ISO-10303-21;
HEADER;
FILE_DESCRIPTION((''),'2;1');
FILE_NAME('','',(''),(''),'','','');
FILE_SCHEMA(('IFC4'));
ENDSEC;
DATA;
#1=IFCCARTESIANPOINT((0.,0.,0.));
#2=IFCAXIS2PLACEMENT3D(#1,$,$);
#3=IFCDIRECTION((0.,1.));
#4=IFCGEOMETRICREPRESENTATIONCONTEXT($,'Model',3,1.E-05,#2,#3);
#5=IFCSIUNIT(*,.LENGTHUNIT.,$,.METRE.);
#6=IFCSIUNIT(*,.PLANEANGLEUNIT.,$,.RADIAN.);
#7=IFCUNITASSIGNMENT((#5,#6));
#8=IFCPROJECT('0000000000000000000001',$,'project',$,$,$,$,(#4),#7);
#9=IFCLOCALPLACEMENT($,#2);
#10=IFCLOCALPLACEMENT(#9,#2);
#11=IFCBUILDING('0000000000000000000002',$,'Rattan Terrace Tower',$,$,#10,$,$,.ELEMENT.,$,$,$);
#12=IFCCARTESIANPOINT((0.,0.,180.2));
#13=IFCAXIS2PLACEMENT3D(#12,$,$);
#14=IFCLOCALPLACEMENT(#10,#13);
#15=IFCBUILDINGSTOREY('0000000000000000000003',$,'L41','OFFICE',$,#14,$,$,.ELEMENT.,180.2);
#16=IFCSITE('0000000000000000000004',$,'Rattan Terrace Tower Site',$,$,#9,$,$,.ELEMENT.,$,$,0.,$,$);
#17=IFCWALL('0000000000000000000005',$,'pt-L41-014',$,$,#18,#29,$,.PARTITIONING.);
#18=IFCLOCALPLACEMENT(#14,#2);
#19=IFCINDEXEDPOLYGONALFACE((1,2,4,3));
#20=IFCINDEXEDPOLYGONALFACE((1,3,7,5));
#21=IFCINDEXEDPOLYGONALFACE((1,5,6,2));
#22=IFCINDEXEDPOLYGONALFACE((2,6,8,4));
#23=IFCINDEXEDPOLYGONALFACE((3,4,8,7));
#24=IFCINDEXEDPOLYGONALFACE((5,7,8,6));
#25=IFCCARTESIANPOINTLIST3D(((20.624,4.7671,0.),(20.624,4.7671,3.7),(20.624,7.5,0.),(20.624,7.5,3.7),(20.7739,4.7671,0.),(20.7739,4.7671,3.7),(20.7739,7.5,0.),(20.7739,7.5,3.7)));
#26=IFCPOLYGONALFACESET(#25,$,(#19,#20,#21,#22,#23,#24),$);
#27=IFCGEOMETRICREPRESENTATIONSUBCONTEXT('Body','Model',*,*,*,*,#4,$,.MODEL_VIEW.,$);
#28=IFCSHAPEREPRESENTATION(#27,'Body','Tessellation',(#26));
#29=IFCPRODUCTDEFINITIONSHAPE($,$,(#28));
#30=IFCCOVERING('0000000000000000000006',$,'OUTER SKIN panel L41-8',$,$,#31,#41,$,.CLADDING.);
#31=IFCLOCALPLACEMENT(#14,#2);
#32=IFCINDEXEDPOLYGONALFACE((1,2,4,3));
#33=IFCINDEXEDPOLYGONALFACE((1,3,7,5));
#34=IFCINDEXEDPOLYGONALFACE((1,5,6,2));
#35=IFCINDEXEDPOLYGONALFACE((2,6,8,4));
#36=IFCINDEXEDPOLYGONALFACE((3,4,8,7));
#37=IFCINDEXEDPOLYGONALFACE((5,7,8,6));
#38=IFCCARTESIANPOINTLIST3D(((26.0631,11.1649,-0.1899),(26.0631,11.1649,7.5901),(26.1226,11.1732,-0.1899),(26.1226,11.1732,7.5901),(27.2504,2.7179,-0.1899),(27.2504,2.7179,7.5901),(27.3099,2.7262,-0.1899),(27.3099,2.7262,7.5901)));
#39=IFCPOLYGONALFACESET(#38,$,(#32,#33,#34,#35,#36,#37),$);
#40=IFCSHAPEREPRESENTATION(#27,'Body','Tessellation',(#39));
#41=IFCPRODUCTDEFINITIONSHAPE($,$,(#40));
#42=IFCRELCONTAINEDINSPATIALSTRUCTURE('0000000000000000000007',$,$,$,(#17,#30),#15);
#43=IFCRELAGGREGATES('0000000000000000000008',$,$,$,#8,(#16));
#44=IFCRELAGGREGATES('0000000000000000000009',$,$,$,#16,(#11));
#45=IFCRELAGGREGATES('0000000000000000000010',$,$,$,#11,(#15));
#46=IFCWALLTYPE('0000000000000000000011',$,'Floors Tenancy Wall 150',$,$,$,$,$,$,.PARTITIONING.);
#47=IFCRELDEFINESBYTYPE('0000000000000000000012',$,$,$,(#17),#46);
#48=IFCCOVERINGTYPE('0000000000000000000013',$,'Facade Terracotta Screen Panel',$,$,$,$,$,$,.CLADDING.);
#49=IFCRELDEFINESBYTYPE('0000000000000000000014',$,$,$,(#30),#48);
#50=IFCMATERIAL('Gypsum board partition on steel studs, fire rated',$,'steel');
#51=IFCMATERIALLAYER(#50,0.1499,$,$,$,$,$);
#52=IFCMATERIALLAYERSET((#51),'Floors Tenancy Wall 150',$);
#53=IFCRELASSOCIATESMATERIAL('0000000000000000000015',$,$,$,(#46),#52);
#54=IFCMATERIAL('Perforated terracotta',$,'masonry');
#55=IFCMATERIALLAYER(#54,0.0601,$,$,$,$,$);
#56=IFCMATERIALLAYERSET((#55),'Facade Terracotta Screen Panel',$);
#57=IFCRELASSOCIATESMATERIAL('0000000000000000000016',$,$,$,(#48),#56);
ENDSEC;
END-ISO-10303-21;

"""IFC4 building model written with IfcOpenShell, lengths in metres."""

from ifc_helpers import new_model, si_unit, direction, frame, frame_2d, origin, origin_2d, place, context, subcontext, project, spatial, rectangle, extrude, material, layer, layer_set, type_object, element, save


model = new_model("IFC4")

# Units and contexts
model_context = context("Model", 3, precision=1e-05, world=origin(), true_north=direction((0.0, 1.0)))
body_context = subcontext(model_context, "Body", "Model", "MODEL_VIEW")
ifc_project = project(units=[si_unit("LENGTHUNIT", "METRE"), si_unit("PLANEANGLEUNIT", "RADIAN")], contexts=[model_context])

# Site, building, storey
site_placement = place(None, origin())
site = spatial("IfcSite", under=ifc_project, at=site_placement, Name="Rattan Terrace Tower Site", CompositionType="ELEMENT", RefElevation=0.0)
building_placement = place(site_placement, origin())
building = spatial("IfcBuilding", under=site, at=building_placement, Name="Rattan Terrace Tower", CompositionType="ELEMENT")
storey_placement = place(building_placement, frame((0.0, 0.0, 180.2)))
storey = spatial("IfcBuildingStorey", under=building, at=storey_placement, Name="L41", Description="OFFICE", CompositionType="ELEMENT", Elevation=180.2)

# Shared definitions
ifc_material_1 = material(Name="Gypsum board partition on steel studs, fire rated", Category="steel")
ifc_layer_1 = layer(ifc_material_1, 0.1499)
ifc_layer_set_1 = layer_set([ifc_layer_1], Name="Floors Tenancy Wall 150")
wall_type_1 = type_object("IfcWallType", Name="Floors Tenancy Wall 150", PredefinedType="PARTITIONING", material=ifc_layer_set_1)

# Wall
wall_1_placement = place(storey_placement, frame((20.699, 7.5, 0.0), z_axis=(0.0, 0.0, 1.0), x_axis=(0.0, -1.0, 0.0)))
element("IfcWall", 1, at=wall_1_placement, inside=storey, type_object=wall_type_1, Name="pt-L41-014", PredefinedType="PARTITIONING", context=body_context, shape_type="SweptSolid", body=[
    extrude(rectangle(XDim=2.7329, YDim=0.1499, at=frame_2d((1.3665, 0.0))), origin(), (0.0, 0.0, 1.0), 3.7),
])

# Covering
ifc_material_2 = material(Name="Perforated terracotta", Category="masonry")
ifc_layer_2 = layer(ifc_material_2, 0.0601)
ifc_layer_set_2 = layer_set([ifc_layer_2], Name="Facade Terracotta Screen Panel")
covering_type = type_object("IfcCoveringType", Name="Facade Terracotta Screen Panel", PredefinedType="CLADDING", material=ifc_layer_set_2)
covering_placement = place(storey_placement, frame((26.6865, 6.9456, -0.1899), z_axis=(0.0, 0.0, 1.0), x_axis=(-0.139191, 0.990266, 0.0)))
element("IfcCovering", 2, at=covering_placement, inside=storey, type_object=covering_type, Name="OUTER SKIN panel L41-8", PredefinedType="CLADDING", context=body_context, shape_type="SweptSolid", body=[
    extrude(rectangle(XDim=8.53, YDim=0.0601, at=origin_2d()), origin(), (0.0, 0.0, 1.0), 7.78),
])

save(model, "model.ifc")
